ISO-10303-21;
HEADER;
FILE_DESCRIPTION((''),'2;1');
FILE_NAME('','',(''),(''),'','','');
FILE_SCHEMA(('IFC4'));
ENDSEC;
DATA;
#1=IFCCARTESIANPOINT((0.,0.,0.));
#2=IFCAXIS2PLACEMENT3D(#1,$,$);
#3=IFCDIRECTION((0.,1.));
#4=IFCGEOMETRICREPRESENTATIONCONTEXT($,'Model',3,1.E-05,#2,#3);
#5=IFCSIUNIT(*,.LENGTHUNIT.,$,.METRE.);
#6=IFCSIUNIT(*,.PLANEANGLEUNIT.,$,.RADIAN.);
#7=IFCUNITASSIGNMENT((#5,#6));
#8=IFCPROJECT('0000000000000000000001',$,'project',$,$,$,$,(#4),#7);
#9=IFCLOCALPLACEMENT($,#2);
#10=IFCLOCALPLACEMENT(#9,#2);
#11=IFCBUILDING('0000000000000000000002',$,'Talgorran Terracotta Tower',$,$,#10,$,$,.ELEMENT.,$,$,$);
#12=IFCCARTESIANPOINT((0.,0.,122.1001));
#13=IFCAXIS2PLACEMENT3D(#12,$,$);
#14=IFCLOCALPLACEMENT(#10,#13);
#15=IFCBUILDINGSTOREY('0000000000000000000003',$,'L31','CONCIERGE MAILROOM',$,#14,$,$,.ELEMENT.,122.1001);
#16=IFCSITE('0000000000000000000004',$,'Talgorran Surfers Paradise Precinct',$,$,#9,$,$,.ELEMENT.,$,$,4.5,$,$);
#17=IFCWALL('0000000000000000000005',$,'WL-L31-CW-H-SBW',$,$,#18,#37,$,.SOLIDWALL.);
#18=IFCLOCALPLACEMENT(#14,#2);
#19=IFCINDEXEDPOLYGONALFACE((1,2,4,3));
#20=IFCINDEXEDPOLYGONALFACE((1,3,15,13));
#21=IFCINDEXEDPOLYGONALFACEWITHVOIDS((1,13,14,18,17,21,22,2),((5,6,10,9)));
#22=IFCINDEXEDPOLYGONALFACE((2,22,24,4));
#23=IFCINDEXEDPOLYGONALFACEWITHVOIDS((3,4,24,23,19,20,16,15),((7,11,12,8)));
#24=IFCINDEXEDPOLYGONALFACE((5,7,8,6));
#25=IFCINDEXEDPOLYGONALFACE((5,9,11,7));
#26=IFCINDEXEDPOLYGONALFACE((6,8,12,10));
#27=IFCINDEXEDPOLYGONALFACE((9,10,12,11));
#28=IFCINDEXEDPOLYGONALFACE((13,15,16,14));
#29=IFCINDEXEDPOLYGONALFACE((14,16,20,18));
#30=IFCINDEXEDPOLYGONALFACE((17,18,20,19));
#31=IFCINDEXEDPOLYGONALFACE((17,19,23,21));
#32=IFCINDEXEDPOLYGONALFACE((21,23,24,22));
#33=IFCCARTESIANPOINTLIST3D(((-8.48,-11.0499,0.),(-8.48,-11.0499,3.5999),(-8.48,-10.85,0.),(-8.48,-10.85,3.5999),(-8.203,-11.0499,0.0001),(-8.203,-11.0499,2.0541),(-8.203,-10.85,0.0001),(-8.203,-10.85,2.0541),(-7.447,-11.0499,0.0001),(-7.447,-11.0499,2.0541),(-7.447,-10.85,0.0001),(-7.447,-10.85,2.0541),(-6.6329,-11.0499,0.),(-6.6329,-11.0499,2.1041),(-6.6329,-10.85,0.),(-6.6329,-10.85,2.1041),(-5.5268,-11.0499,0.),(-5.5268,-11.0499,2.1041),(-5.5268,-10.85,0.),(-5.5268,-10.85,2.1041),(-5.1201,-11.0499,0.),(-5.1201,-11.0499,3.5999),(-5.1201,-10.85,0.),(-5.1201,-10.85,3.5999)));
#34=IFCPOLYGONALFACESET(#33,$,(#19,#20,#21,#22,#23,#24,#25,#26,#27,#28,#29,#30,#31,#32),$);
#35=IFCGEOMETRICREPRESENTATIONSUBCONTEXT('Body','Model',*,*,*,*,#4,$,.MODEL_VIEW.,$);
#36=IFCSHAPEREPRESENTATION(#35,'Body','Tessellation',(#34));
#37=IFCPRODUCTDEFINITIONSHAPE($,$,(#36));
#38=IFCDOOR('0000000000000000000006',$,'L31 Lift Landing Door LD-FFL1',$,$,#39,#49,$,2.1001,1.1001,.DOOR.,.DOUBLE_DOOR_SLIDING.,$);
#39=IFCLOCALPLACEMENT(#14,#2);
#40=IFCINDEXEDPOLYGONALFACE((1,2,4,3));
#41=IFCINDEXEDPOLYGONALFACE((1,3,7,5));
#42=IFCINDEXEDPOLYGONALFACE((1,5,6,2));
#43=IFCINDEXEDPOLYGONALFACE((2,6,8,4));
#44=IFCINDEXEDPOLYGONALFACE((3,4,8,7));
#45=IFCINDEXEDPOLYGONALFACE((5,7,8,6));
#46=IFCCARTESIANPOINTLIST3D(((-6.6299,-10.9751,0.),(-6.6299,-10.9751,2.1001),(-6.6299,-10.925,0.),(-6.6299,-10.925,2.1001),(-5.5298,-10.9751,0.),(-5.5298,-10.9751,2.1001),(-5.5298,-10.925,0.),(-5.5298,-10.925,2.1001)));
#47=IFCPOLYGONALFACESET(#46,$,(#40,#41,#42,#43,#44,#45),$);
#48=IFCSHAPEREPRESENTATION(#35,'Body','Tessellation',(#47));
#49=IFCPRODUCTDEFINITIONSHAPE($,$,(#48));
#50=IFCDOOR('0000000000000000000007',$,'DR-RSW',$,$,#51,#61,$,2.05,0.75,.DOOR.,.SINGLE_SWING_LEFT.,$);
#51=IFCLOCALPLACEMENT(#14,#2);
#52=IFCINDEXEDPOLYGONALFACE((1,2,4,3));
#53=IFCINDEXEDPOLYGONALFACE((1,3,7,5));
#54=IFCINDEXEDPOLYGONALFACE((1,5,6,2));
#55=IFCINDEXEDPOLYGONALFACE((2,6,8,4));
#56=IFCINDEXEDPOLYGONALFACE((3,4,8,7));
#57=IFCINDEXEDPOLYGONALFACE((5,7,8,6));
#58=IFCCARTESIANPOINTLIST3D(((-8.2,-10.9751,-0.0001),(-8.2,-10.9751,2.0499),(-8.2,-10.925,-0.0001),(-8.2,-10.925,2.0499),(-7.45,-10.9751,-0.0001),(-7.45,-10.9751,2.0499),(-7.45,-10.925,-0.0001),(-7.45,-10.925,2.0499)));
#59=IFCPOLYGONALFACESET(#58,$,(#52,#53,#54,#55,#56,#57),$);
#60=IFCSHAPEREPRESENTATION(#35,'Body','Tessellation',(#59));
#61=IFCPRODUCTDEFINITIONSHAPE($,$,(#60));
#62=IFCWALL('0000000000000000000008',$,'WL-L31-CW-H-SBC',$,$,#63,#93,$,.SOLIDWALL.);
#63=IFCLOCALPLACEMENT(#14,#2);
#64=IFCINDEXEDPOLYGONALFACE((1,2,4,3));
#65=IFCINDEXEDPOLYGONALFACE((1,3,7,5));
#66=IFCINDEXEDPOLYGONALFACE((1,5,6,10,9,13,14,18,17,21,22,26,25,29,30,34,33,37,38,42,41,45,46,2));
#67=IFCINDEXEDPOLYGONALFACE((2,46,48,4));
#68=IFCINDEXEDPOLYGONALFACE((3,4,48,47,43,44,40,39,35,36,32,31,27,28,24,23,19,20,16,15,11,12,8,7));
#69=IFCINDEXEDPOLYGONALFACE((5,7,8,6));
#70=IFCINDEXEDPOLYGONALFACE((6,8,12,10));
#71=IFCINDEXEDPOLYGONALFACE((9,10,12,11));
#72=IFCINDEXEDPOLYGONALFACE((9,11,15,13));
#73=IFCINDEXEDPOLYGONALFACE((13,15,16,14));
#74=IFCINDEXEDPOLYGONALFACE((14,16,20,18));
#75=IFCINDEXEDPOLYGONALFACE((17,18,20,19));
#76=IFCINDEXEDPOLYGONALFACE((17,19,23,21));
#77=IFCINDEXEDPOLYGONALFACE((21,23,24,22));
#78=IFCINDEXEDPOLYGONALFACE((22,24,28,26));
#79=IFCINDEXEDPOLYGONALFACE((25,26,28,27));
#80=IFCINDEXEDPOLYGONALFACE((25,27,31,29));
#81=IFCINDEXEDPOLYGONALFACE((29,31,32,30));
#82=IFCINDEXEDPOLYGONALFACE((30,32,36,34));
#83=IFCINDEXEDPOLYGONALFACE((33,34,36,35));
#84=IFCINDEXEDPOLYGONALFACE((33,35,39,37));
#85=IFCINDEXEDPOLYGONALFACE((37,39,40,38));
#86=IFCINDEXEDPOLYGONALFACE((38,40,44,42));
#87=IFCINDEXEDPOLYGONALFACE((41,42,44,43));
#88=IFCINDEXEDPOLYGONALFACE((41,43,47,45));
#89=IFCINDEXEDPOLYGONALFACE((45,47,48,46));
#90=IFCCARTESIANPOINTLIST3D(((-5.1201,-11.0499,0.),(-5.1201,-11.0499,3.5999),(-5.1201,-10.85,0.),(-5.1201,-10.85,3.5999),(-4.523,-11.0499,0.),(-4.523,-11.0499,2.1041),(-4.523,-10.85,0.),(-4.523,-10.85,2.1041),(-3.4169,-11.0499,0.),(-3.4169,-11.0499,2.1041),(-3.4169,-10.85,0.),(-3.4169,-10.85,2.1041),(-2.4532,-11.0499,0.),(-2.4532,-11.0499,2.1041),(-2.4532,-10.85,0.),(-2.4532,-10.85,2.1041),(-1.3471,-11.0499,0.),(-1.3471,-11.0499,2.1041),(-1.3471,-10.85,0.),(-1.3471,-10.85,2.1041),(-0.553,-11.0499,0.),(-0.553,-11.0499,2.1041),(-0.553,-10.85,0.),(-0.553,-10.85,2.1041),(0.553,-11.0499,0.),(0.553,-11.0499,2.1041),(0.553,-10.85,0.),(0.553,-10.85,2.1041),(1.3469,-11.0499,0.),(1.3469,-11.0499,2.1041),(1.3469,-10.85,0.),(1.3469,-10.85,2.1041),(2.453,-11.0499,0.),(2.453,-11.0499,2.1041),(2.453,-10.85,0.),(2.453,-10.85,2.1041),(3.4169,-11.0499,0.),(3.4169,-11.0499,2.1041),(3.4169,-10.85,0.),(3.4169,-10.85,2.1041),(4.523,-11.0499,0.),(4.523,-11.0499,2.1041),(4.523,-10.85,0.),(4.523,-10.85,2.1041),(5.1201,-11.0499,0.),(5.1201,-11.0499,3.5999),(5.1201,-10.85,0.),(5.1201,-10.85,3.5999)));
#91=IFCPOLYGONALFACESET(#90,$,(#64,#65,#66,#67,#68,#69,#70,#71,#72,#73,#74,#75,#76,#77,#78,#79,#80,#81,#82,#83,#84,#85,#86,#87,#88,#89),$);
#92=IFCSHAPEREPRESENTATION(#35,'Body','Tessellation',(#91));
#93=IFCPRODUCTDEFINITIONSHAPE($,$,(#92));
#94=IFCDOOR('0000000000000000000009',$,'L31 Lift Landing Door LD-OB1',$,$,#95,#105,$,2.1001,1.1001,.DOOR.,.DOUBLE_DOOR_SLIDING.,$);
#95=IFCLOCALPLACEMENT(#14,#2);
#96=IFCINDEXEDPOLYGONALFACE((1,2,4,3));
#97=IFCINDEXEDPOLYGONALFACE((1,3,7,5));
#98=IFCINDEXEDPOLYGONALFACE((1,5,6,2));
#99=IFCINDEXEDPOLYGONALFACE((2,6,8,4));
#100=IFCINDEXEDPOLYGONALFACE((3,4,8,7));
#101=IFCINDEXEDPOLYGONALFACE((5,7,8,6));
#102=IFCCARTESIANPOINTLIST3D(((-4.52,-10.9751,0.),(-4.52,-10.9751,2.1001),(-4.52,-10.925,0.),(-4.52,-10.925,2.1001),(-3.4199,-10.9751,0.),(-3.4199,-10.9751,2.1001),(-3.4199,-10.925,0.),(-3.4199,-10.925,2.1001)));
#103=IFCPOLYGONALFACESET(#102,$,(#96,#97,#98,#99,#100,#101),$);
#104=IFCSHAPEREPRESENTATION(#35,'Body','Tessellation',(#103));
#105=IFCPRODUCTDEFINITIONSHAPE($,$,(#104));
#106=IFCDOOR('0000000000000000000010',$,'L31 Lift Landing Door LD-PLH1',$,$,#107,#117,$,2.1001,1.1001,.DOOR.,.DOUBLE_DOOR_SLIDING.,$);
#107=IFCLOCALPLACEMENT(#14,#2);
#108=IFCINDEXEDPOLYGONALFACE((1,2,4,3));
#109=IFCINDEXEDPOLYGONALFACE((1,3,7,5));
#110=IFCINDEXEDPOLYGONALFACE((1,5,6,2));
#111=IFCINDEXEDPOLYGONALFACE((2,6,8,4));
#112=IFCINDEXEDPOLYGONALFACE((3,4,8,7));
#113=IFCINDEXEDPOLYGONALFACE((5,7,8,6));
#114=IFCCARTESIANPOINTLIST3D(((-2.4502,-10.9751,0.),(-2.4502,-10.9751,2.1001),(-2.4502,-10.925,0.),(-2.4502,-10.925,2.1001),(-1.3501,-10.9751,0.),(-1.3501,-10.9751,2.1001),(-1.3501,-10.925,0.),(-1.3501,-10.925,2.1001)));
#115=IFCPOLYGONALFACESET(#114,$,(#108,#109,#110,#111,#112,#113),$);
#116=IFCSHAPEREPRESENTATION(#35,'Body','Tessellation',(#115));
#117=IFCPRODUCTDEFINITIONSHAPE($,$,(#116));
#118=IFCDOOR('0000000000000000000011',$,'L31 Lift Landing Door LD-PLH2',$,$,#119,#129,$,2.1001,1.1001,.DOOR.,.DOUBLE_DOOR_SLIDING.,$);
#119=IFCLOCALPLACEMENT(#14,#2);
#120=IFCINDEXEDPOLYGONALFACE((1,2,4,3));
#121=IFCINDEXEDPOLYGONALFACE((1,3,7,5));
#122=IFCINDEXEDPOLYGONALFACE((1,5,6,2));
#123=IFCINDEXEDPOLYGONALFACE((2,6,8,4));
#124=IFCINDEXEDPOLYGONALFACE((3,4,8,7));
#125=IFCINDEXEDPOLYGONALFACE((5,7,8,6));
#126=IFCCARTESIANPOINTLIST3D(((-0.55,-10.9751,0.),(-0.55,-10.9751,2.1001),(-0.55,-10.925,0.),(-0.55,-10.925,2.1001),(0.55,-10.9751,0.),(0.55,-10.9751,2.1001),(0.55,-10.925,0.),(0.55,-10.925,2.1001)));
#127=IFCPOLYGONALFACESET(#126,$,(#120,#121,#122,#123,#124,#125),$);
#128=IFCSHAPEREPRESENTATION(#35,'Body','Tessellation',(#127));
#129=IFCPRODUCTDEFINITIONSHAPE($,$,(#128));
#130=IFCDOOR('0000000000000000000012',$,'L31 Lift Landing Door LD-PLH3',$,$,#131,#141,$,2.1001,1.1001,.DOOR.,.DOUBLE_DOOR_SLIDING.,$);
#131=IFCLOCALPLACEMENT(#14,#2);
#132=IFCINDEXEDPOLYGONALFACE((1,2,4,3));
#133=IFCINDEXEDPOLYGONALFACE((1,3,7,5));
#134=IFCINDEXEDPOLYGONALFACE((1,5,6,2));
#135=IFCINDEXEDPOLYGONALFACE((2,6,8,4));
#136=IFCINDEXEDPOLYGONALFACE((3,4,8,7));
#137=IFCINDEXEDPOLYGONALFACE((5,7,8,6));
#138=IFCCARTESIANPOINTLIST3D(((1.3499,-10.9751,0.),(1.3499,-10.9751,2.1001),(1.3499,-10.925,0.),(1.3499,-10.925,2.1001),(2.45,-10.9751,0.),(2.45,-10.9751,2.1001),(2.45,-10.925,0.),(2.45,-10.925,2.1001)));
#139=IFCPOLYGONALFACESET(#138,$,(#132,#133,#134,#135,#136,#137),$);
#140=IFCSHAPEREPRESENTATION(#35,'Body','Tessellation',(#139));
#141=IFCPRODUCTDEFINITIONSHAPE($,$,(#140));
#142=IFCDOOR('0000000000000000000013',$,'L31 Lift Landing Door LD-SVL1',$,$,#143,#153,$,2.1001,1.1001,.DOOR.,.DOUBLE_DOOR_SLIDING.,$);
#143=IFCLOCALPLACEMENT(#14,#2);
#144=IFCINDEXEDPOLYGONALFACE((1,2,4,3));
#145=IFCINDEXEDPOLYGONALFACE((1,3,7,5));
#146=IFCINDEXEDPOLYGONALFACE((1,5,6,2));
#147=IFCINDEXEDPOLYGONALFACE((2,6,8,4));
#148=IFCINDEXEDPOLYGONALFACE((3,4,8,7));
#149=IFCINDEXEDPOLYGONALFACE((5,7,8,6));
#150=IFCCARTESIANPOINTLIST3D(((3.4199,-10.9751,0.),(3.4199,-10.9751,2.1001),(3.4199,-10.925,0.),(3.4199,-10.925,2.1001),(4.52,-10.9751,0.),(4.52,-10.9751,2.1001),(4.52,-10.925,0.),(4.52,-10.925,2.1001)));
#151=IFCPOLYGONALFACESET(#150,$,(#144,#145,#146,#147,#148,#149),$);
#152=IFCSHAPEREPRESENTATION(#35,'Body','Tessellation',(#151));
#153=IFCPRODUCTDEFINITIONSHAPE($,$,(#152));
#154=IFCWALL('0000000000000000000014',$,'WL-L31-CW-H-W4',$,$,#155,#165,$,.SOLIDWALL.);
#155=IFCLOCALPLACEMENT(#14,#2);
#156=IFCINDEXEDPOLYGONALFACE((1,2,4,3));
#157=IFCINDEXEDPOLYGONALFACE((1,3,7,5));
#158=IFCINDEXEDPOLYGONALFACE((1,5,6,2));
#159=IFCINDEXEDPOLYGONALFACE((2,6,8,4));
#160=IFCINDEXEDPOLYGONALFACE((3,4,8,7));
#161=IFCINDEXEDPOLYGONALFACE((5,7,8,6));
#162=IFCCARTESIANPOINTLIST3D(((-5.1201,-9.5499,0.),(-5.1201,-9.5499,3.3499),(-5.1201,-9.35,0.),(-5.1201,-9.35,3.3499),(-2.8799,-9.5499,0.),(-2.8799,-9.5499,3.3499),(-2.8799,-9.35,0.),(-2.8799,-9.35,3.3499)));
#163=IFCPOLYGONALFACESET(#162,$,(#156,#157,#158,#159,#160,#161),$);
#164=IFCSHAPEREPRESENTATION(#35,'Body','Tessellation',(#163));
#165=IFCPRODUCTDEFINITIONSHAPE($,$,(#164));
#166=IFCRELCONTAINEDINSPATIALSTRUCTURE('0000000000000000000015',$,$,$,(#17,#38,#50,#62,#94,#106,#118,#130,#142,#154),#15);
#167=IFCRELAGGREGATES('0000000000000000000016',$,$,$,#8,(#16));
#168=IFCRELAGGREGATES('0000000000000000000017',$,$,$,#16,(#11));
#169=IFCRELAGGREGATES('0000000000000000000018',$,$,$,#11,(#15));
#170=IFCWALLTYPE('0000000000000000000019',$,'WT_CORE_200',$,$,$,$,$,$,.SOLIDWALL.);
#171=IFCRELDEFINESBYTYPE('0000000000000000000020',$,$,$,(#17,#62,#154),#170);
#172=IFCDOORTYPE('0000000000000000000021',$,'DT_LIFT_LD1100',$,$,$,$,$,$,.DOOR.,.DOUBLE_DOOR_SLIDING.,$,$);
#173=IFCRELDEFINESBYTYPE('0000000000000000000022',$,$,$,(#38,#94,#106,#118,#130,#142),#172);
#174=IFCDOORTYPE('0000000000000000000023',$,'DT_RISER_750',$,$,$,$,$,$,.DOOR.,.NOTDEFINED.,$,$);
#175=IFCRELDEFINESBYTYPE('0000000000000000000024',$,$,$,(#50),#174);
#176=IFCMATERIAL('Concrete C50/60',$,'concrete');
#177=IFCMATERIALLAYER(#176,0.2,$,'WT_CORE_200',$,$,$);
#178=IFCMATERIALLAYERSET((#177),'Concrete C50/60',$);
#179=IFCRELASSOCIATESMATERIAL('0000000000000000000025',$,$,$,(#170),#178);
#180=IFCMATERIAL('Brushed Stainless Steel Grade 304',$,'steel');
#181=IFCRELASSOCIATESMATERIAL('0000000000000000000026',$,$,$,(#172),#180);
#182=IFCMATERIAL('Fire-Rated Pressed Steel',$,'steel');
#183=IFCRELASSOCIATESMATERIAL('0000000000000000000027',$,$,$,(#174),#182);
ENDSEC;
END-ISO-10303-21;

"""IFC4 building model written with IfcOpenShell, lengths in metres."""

from ifc_helpers import new_model, si_unit, direction, frame, frame_2d, origin, place, context, subcontext, project, spatial, rectangle, extrude, material, layer, layer_set, type_object, element, fill, save


model = new_model("IFC4")

# Units and contexts
model_context = context("Model", 3, precision=1e-05, world=origin(), true_north=direction((0.0, 1.0)))
body_context = subcontext(model_context, "Body", "Model", "MODEL_VIEW")
ifc_project = project(units=[si_unit("LENGTHUNIT", "METRE"), si_unit("PLANEANGLEUNIT", "RADIAN")], contexts=[model_context])

# Site, building, storey
site_placement = place(None, origin())
site = spatial("IfcSite", under=ifc_project, at=site_placement, Name="Talgorran Surfers Paradise Precinct", CompositionType="ELEMENT", RefElevation=4.5)
building_placement = place(site_placement, origin())
building = spatial("IfcBuilding", under=site, at=building_placement, Name="Talgorran Terracotta Tower", CompositionType="ELEMENT")
storey_placement = place(building_placement, frame((0.0, 0.0, 122.1001)))
storey = spatial("IfcBuildingStorey", under=building, at=storey_placement, Name="L31", Description="CONCIERGE MAILROOM", CompositionType="ELEMENT", Elevation=122.1001)

# Shared definitions
ifc_material_1 = material(Name="Concrete C50/60", Category="concrete")

# Walls, openings, doors
ifc_layer_1 = layer(ifc_material_1, 0.2, Name="WT_CORE_200")
ifc_layer_set_1 = layer_set([ifc_layer_1], Name="Concrete C50/60")
wall_type_1 = type_object("IfcWallType", Name="WT_CORE_200", PredefinedType="SOLIDWALL", material=ifc_layer_set_1)
wall_1_placement = place(storey_placement, frame((-8.48, -10.95, 0.0), z_axis=(0.0, 0.0, 1.0), x_axis=(1.0, 0.0, 0.0)))
wall_1 = element("IfcWall", 1, at=wall_1_placement, inside=storey, type_object=wall_type_1, Name="WL-L31-CW-H-SBW", PredefinedType="SOLIDWALL", context=body_context, shape_type="SweptSolid", body=[
    extrude(rectangle(XDim=3.3599, YDim=0.2, at=frame_2d((1.6799, 0.0))), origin(), (0.0, 0.0, 1.0), 3.5999),
])
opening_1_placement = place(wall_1_placement, frame((0.28, 0.0, 0.0)))
opening_1 = element("IfcOpeningElement", 2, at=opening_1_placement, cuts=wall_1, PredefinedType="OPENING", context=body_context, shape_type="SweptSolid", body=[
    extrude(rectangle(XDim=0.756, YDim=2.054, at=frame_2d((0.375, 1.0271))), frame((0.0, 0.1099, 0.0), z_axis=(0.0, -1.0, 0.0), x_axis=(1.0, 0.0, 0.0)), (0.0, 0.0, 1.0), 0.22),
])
opening_2_placement = place(wall_1_placement, frame((1.8501, 0.0, 0.0)))
opening_2 = element("IfcOpeningElement", 3, at=opening_2_placement, cuts=wall_1, PredefinedType="OPENING", context=body_context, shape_type="SweptSolid", body=[
    extrude(rectangle(XDim=1.1061, YDim=2.1041, at=frame_2d((0.55, 1.052))), frame((0.0, 0.1099, 0.0), z_axis=(0.0, -1.0, 0.0), x_axis=(1.0, 0.0, 0.0)), (0.0, 0.0, 1.0), 0.22),
])
ifc_material_2 = material(Name="Brushed Stainless Steel Grade 304", Category="steel")
door_type_1 = type_object("IfcDoorType", Name="DT_LIFT_LD1100", OperationType="DOUBLE_DOOR_SLIDING", PredefinedType="DOOR", material=ifc_material_2)
door_1_placement = place(opening_2_placement, origin())
door_1 = element("IfcDoor", 4, at=door_1_placement, inside=storey, type_object=door_type_1, Name="L31 Lift Landing Door LD-FFL1", OperationType="DOUBLE_DOOR_SLIDING", OverallHeight=2.1001, OverallWidth=1.1001, PredefinedType="DOOR", context=body_context, shape_type="SweptSolid", body=[
    extrude(rectangle(XDim=1.1001, YDim=2.1001, at=frame_2d((0.55, 1.05))), frame((0.0, 0.0249, 0.0), z_axis=(0.0, -1.0, 0.0), x_axis=(1.0, 0.0, 0.0)), (0.0, 0.0, 1.0), 0.05),
])
fill(opening_2, door_1)
ifc_material_3 = material(Name="Fire-Rated Pressed Steel", Category="steel")
door_type_2 = type_object("IfcDoorType", Name="DT_RISER_750", OperationType="NOTDEFINED", PredefinedType="DOOR", material=ifc_material_3)
door_2_placement = place(opening_1_placement, origin())
door_2 = element("IfcDoor", 5, at=door_2_placement, inside=storey, type_object=door_type_2, Name="DR-RSW", OperationType="SINGLE_SWING_LEFT", OverallHeight=2.05, OverallWidth=0.75, PredefinedType="DOOR", context=body_context, shape_type="SweptSolid", body=[
    extrude(rectangle(XDim=0.75, YDim=2.05, at=frame_2d((0.375, 1.0249))), frame((0.0, 0.0249, 0.0), z_axis=(0.0, -1.0, 0.0), x_axis=(1.0, 0.0, 0.0)), (0.0, 0.0, 1.0), 0.05),
])
fill(opening_1, door_2)
wall_2_placement = place(storey_placement, frame((-5.1201, -10.95, 0.0), z_axis=(0.0, 0.0, 1.0), x_axis=(1.0, 0.0, 0.0)))
wall_2 = element("IfcWall", 6, at=wall_2_placement, inside=storey, type_object=wall_type_1, Name="WL-L31-CW-H-SBC", PredefinedType="SOLIDWALL", context=body_context, shape_type="SweptSolid", body=[
    extrude(rectangle(XDim=10.2402, YDim=0.2, at=frame_2d((5.1201, 0.0))), origin(), (0.0, 0.0, 1.0), 3.5999),
])
opening_3_placement = place(wall_2_placement, frame((0.6001, 0.0, 0.0)))
opening_3 = element("IfcOpeningElement", 7, at=opening_3_placement, cuts=wall_2, PredefinedType="OPENING", context=body_context, shape_type="SweptSolid", body=[
    extrude(rectangle(XDim=1.1061, YDim=2.1041, at=frame_2d((0.55, 1.052))), frame((0.0, 0.1099, 0.0), z_axis=(0.0, -1.0, 0.0), x_axis=(1.0, 0.0, 0.0)), (0.0, 0.0, 1.0), 0.22),
])
opening_4_placement = place(wall_2_placement, frame((2.6699, 0.0, 0.0)))
opening_4 = element("IfcOpeningElement", 8, at=opening_4_placement, cuts=wall_2, PredefinedType="OPENING", context=body_context, shape_type="SweptSolid", body=[
    extrude(rectangle(XDim=1.1061, YDim=2.1041, at=frame_2d((0.55, 1.052))), frame((0.0, 0.1099, 0.0), z_axis=(0.0, -1.0, 0.0), x_axis=(1.0, 0.0, 0.0)), (0.0, 0.0, 1.0), 0.22),
])
opening_5_placement = place(wall_2_placement, frame((4.5701, 0.0, 0.0)))
opening_5 = element("IfcOpeningElement", 9, at=opening_5_placement, cuts=wall_2, PredefinedType="OPENING", context=body_context, shape_type="SweptSolid", body=[
    extrude(rectangle(XDim=1.1061, YDim=2.1041, at=frame_2d((0.55, 1.052))), frame((0.0, 0.1099, 0.0), z_axis=(0.0, -1.0, 0.0), x_axis=(1.0, 0.0, 0.0)), (0.0, 0.0, 1.0), 0.22),
])
opening_6_placement = place(wall_2_placement, frame((6.47, 0.0, 0.0)))
opening_6 = element("IfcOpeningElement", 10, at=opening_6_placement, cuts=wall_2, PredefinedType="OPENING", context=body_context, shape_type="SweptSolid", body=[
    extrude(rectangle(XDim=1.1061, YDim=2.1041, at=frame_2d((0.55, 1.052))), frame((0.0, 0.1099, 0.0), z_axis=(0.0, -1.0, 0.0), x_axis=(1.0, 0.0, 0.0)), (0.0, 0.0, 1.0), 0.22),
])
opening_7_placement = place(wall_2_placement, frame((8.54, 0.0, 0.0)))
opening_7 = element("IfcOpeningElement", 11, at=opening_7_placement, cuts=wall_2, PredefinedType="OPENING", context=body_context, shape_type="SweptSolid", body=[
    extrude(rectangle(XDim=1.1061, YDim=2.1041, at=frame_2d((0.55, 1.052))), frame((0.0, 0.1099, 0.0), z_axis=(0.0, -1.0, 0.0), x_axis=(1.0, 0.0, 0.0)), (0.0, 0.0, 1.0), 0.22),
])
door_3_placement = place(opening_3_placement, origin())
door_3 = element("IfcDoor", 12, at=door_3_placement, inside=storey, type_object=door_type_1, Name="L31 Lift Landing Door LD-OB1", OperationType="DOUBLE_DOOR_SLIDING", OverallHeight=2.1001, OverallWidth=1.1001, PredefinedType="DOOR", context=body_context, shape_type="SweptSolid", body=[
    extrude(rectangle(XDim=1.1001, YDim=2.1001, at=frame_2d((0.55, 1.05))), frame((0.0, 0.0249, 0.0), z_axis=(0.0, -1.0, 0.0), x_axis=(1.0, 0.0, 0.0)), (0.0, 0.0, 1.0), 0.05),
])
fill(opening_3, door_3)
door_4_placement = place(opening_4_placement, origin())
door_4 = element("IfcDoor", 13, at=door_4_placement, inside=storey, type_object=door_type_1, Name="L31 Lift Landing Door LD-PLH1", OperationType="DOUBLE_DOOR_SLIDING", OverallHeight=2.1001, OverallWidth=1.1001, PredefinedType="DOOR", context=body_context, shape_type="SweptSolid", body=[
    extrude(rectangle(XDim=1.1001, YDim=2.1001, at=frame_2d((0.55, 1.05))), frame((0.0, 0.0249, 0.0), z_axis=(0.0, -1.0, 0.0), x_axis=(1.0, 0.0, 0.0)), (0.0, 0.0, 1.0), 0.05),
])
fill(opening_4, door_4)
door_5_placement = place(opening_5_placement, origin())
door_5 = element("IfcDoor", 14, at=door_5_placement, inside=storey, type_object=door_type_1, Name="L31 Lift Landing Door LD-PLH2", OperationType="DOUBLE_DOOR_SLIDING", OverallHeight=2.1001, OverallWidth=1.1001, PredefinedType="DOOR", context=body_context, shape_type="SweptSolid", body=[
    extrude(rectangle(XDim=1.1001, YDim=2.1001, at=frame_2d((0.55, 1.05))), frame((0.0, 0.0249, 0.0), z_axis=(0.0, -1.0, 0.0), x_axis=(1.0, 0.0, 0.0)), (0.0, 0.0, 1.0), 0.05),
])
fill(opening_5, door_5)
door_6_placement = place(opening_6_placement, origin())
door_6 = element("IfcDoor", 15, at=door_6_placement, inside=storey, type_object=door_type_1, Name="L31 Lift Landing Door LD-PLH3", OperationType="DOUBLE_DOOR_SLIDING", OverallHeight=2.1001, OverallWidth=1.1001, PredefinedType="DOOR", context=body_context, shape_type="SweptSolid", body=[
    extrude(rectangle(XDim=1.1001, YDim=2.1001, at=frame_2d((0.55, 1.05))), frame((0.0, 0.0249, 0.0), z_axis=(0.0, -1.0, 0.0), x_axis=(1.0, 0.0, 0.0)), (0.0, 0.0, 1.0), 0.05),
])
fill(opening_6, door_6)
door_7_placement = place(opening_7_placement, origin())
door_7 = element("IfcDoor", 16, at=door_7_placement, inside=storey, type_object=door_type_1, Name="L31 Lift Landing Door LD-SVL1", OperationType="DOUBLE_DOOR_SLIDING", OverallHeight=2.1001, OverallWidth=1.1001, PredefinedType="DOOR", context=body_context, shape_type="SweptSolid", body=[
    extrude(rectangle(XDim=1.1001, YDim=2.1001, at=frame_2d((0.55, 1.05))), frame((0.0, 0.0249, 0.0), z_axis=(0.0, -1.0, 0.0), x_axis=(1.0, 0.0, 0.0)), (0.0, 0.0, 1.0), 0.05),
])
fill(opening_7, door_7)

# Wall
wall_3_placement = place(storey_placement, frame((-5.1201, -9.45, 0.0), z_axis=(0.0, 0.0, 1.0), x_axis=(1.0, 0.0, 0.0)))
element("IfcWall", 17, at=wall_3_placement, inside=storey, type_object=wall_type_1, Name="WL-L31-CW-H-W4", PredefinedType="SOLIDWALL", context=body_context, shape_type="SweptSolid", body=[
    extrude(rectangle(XDim=2.2402, YDim=0.2, at=frame_2d((1.1201, 0.0))), origin(), (0.0, 0.0, 1.0), 3.3499),
])

save(model, "model.ifc")
